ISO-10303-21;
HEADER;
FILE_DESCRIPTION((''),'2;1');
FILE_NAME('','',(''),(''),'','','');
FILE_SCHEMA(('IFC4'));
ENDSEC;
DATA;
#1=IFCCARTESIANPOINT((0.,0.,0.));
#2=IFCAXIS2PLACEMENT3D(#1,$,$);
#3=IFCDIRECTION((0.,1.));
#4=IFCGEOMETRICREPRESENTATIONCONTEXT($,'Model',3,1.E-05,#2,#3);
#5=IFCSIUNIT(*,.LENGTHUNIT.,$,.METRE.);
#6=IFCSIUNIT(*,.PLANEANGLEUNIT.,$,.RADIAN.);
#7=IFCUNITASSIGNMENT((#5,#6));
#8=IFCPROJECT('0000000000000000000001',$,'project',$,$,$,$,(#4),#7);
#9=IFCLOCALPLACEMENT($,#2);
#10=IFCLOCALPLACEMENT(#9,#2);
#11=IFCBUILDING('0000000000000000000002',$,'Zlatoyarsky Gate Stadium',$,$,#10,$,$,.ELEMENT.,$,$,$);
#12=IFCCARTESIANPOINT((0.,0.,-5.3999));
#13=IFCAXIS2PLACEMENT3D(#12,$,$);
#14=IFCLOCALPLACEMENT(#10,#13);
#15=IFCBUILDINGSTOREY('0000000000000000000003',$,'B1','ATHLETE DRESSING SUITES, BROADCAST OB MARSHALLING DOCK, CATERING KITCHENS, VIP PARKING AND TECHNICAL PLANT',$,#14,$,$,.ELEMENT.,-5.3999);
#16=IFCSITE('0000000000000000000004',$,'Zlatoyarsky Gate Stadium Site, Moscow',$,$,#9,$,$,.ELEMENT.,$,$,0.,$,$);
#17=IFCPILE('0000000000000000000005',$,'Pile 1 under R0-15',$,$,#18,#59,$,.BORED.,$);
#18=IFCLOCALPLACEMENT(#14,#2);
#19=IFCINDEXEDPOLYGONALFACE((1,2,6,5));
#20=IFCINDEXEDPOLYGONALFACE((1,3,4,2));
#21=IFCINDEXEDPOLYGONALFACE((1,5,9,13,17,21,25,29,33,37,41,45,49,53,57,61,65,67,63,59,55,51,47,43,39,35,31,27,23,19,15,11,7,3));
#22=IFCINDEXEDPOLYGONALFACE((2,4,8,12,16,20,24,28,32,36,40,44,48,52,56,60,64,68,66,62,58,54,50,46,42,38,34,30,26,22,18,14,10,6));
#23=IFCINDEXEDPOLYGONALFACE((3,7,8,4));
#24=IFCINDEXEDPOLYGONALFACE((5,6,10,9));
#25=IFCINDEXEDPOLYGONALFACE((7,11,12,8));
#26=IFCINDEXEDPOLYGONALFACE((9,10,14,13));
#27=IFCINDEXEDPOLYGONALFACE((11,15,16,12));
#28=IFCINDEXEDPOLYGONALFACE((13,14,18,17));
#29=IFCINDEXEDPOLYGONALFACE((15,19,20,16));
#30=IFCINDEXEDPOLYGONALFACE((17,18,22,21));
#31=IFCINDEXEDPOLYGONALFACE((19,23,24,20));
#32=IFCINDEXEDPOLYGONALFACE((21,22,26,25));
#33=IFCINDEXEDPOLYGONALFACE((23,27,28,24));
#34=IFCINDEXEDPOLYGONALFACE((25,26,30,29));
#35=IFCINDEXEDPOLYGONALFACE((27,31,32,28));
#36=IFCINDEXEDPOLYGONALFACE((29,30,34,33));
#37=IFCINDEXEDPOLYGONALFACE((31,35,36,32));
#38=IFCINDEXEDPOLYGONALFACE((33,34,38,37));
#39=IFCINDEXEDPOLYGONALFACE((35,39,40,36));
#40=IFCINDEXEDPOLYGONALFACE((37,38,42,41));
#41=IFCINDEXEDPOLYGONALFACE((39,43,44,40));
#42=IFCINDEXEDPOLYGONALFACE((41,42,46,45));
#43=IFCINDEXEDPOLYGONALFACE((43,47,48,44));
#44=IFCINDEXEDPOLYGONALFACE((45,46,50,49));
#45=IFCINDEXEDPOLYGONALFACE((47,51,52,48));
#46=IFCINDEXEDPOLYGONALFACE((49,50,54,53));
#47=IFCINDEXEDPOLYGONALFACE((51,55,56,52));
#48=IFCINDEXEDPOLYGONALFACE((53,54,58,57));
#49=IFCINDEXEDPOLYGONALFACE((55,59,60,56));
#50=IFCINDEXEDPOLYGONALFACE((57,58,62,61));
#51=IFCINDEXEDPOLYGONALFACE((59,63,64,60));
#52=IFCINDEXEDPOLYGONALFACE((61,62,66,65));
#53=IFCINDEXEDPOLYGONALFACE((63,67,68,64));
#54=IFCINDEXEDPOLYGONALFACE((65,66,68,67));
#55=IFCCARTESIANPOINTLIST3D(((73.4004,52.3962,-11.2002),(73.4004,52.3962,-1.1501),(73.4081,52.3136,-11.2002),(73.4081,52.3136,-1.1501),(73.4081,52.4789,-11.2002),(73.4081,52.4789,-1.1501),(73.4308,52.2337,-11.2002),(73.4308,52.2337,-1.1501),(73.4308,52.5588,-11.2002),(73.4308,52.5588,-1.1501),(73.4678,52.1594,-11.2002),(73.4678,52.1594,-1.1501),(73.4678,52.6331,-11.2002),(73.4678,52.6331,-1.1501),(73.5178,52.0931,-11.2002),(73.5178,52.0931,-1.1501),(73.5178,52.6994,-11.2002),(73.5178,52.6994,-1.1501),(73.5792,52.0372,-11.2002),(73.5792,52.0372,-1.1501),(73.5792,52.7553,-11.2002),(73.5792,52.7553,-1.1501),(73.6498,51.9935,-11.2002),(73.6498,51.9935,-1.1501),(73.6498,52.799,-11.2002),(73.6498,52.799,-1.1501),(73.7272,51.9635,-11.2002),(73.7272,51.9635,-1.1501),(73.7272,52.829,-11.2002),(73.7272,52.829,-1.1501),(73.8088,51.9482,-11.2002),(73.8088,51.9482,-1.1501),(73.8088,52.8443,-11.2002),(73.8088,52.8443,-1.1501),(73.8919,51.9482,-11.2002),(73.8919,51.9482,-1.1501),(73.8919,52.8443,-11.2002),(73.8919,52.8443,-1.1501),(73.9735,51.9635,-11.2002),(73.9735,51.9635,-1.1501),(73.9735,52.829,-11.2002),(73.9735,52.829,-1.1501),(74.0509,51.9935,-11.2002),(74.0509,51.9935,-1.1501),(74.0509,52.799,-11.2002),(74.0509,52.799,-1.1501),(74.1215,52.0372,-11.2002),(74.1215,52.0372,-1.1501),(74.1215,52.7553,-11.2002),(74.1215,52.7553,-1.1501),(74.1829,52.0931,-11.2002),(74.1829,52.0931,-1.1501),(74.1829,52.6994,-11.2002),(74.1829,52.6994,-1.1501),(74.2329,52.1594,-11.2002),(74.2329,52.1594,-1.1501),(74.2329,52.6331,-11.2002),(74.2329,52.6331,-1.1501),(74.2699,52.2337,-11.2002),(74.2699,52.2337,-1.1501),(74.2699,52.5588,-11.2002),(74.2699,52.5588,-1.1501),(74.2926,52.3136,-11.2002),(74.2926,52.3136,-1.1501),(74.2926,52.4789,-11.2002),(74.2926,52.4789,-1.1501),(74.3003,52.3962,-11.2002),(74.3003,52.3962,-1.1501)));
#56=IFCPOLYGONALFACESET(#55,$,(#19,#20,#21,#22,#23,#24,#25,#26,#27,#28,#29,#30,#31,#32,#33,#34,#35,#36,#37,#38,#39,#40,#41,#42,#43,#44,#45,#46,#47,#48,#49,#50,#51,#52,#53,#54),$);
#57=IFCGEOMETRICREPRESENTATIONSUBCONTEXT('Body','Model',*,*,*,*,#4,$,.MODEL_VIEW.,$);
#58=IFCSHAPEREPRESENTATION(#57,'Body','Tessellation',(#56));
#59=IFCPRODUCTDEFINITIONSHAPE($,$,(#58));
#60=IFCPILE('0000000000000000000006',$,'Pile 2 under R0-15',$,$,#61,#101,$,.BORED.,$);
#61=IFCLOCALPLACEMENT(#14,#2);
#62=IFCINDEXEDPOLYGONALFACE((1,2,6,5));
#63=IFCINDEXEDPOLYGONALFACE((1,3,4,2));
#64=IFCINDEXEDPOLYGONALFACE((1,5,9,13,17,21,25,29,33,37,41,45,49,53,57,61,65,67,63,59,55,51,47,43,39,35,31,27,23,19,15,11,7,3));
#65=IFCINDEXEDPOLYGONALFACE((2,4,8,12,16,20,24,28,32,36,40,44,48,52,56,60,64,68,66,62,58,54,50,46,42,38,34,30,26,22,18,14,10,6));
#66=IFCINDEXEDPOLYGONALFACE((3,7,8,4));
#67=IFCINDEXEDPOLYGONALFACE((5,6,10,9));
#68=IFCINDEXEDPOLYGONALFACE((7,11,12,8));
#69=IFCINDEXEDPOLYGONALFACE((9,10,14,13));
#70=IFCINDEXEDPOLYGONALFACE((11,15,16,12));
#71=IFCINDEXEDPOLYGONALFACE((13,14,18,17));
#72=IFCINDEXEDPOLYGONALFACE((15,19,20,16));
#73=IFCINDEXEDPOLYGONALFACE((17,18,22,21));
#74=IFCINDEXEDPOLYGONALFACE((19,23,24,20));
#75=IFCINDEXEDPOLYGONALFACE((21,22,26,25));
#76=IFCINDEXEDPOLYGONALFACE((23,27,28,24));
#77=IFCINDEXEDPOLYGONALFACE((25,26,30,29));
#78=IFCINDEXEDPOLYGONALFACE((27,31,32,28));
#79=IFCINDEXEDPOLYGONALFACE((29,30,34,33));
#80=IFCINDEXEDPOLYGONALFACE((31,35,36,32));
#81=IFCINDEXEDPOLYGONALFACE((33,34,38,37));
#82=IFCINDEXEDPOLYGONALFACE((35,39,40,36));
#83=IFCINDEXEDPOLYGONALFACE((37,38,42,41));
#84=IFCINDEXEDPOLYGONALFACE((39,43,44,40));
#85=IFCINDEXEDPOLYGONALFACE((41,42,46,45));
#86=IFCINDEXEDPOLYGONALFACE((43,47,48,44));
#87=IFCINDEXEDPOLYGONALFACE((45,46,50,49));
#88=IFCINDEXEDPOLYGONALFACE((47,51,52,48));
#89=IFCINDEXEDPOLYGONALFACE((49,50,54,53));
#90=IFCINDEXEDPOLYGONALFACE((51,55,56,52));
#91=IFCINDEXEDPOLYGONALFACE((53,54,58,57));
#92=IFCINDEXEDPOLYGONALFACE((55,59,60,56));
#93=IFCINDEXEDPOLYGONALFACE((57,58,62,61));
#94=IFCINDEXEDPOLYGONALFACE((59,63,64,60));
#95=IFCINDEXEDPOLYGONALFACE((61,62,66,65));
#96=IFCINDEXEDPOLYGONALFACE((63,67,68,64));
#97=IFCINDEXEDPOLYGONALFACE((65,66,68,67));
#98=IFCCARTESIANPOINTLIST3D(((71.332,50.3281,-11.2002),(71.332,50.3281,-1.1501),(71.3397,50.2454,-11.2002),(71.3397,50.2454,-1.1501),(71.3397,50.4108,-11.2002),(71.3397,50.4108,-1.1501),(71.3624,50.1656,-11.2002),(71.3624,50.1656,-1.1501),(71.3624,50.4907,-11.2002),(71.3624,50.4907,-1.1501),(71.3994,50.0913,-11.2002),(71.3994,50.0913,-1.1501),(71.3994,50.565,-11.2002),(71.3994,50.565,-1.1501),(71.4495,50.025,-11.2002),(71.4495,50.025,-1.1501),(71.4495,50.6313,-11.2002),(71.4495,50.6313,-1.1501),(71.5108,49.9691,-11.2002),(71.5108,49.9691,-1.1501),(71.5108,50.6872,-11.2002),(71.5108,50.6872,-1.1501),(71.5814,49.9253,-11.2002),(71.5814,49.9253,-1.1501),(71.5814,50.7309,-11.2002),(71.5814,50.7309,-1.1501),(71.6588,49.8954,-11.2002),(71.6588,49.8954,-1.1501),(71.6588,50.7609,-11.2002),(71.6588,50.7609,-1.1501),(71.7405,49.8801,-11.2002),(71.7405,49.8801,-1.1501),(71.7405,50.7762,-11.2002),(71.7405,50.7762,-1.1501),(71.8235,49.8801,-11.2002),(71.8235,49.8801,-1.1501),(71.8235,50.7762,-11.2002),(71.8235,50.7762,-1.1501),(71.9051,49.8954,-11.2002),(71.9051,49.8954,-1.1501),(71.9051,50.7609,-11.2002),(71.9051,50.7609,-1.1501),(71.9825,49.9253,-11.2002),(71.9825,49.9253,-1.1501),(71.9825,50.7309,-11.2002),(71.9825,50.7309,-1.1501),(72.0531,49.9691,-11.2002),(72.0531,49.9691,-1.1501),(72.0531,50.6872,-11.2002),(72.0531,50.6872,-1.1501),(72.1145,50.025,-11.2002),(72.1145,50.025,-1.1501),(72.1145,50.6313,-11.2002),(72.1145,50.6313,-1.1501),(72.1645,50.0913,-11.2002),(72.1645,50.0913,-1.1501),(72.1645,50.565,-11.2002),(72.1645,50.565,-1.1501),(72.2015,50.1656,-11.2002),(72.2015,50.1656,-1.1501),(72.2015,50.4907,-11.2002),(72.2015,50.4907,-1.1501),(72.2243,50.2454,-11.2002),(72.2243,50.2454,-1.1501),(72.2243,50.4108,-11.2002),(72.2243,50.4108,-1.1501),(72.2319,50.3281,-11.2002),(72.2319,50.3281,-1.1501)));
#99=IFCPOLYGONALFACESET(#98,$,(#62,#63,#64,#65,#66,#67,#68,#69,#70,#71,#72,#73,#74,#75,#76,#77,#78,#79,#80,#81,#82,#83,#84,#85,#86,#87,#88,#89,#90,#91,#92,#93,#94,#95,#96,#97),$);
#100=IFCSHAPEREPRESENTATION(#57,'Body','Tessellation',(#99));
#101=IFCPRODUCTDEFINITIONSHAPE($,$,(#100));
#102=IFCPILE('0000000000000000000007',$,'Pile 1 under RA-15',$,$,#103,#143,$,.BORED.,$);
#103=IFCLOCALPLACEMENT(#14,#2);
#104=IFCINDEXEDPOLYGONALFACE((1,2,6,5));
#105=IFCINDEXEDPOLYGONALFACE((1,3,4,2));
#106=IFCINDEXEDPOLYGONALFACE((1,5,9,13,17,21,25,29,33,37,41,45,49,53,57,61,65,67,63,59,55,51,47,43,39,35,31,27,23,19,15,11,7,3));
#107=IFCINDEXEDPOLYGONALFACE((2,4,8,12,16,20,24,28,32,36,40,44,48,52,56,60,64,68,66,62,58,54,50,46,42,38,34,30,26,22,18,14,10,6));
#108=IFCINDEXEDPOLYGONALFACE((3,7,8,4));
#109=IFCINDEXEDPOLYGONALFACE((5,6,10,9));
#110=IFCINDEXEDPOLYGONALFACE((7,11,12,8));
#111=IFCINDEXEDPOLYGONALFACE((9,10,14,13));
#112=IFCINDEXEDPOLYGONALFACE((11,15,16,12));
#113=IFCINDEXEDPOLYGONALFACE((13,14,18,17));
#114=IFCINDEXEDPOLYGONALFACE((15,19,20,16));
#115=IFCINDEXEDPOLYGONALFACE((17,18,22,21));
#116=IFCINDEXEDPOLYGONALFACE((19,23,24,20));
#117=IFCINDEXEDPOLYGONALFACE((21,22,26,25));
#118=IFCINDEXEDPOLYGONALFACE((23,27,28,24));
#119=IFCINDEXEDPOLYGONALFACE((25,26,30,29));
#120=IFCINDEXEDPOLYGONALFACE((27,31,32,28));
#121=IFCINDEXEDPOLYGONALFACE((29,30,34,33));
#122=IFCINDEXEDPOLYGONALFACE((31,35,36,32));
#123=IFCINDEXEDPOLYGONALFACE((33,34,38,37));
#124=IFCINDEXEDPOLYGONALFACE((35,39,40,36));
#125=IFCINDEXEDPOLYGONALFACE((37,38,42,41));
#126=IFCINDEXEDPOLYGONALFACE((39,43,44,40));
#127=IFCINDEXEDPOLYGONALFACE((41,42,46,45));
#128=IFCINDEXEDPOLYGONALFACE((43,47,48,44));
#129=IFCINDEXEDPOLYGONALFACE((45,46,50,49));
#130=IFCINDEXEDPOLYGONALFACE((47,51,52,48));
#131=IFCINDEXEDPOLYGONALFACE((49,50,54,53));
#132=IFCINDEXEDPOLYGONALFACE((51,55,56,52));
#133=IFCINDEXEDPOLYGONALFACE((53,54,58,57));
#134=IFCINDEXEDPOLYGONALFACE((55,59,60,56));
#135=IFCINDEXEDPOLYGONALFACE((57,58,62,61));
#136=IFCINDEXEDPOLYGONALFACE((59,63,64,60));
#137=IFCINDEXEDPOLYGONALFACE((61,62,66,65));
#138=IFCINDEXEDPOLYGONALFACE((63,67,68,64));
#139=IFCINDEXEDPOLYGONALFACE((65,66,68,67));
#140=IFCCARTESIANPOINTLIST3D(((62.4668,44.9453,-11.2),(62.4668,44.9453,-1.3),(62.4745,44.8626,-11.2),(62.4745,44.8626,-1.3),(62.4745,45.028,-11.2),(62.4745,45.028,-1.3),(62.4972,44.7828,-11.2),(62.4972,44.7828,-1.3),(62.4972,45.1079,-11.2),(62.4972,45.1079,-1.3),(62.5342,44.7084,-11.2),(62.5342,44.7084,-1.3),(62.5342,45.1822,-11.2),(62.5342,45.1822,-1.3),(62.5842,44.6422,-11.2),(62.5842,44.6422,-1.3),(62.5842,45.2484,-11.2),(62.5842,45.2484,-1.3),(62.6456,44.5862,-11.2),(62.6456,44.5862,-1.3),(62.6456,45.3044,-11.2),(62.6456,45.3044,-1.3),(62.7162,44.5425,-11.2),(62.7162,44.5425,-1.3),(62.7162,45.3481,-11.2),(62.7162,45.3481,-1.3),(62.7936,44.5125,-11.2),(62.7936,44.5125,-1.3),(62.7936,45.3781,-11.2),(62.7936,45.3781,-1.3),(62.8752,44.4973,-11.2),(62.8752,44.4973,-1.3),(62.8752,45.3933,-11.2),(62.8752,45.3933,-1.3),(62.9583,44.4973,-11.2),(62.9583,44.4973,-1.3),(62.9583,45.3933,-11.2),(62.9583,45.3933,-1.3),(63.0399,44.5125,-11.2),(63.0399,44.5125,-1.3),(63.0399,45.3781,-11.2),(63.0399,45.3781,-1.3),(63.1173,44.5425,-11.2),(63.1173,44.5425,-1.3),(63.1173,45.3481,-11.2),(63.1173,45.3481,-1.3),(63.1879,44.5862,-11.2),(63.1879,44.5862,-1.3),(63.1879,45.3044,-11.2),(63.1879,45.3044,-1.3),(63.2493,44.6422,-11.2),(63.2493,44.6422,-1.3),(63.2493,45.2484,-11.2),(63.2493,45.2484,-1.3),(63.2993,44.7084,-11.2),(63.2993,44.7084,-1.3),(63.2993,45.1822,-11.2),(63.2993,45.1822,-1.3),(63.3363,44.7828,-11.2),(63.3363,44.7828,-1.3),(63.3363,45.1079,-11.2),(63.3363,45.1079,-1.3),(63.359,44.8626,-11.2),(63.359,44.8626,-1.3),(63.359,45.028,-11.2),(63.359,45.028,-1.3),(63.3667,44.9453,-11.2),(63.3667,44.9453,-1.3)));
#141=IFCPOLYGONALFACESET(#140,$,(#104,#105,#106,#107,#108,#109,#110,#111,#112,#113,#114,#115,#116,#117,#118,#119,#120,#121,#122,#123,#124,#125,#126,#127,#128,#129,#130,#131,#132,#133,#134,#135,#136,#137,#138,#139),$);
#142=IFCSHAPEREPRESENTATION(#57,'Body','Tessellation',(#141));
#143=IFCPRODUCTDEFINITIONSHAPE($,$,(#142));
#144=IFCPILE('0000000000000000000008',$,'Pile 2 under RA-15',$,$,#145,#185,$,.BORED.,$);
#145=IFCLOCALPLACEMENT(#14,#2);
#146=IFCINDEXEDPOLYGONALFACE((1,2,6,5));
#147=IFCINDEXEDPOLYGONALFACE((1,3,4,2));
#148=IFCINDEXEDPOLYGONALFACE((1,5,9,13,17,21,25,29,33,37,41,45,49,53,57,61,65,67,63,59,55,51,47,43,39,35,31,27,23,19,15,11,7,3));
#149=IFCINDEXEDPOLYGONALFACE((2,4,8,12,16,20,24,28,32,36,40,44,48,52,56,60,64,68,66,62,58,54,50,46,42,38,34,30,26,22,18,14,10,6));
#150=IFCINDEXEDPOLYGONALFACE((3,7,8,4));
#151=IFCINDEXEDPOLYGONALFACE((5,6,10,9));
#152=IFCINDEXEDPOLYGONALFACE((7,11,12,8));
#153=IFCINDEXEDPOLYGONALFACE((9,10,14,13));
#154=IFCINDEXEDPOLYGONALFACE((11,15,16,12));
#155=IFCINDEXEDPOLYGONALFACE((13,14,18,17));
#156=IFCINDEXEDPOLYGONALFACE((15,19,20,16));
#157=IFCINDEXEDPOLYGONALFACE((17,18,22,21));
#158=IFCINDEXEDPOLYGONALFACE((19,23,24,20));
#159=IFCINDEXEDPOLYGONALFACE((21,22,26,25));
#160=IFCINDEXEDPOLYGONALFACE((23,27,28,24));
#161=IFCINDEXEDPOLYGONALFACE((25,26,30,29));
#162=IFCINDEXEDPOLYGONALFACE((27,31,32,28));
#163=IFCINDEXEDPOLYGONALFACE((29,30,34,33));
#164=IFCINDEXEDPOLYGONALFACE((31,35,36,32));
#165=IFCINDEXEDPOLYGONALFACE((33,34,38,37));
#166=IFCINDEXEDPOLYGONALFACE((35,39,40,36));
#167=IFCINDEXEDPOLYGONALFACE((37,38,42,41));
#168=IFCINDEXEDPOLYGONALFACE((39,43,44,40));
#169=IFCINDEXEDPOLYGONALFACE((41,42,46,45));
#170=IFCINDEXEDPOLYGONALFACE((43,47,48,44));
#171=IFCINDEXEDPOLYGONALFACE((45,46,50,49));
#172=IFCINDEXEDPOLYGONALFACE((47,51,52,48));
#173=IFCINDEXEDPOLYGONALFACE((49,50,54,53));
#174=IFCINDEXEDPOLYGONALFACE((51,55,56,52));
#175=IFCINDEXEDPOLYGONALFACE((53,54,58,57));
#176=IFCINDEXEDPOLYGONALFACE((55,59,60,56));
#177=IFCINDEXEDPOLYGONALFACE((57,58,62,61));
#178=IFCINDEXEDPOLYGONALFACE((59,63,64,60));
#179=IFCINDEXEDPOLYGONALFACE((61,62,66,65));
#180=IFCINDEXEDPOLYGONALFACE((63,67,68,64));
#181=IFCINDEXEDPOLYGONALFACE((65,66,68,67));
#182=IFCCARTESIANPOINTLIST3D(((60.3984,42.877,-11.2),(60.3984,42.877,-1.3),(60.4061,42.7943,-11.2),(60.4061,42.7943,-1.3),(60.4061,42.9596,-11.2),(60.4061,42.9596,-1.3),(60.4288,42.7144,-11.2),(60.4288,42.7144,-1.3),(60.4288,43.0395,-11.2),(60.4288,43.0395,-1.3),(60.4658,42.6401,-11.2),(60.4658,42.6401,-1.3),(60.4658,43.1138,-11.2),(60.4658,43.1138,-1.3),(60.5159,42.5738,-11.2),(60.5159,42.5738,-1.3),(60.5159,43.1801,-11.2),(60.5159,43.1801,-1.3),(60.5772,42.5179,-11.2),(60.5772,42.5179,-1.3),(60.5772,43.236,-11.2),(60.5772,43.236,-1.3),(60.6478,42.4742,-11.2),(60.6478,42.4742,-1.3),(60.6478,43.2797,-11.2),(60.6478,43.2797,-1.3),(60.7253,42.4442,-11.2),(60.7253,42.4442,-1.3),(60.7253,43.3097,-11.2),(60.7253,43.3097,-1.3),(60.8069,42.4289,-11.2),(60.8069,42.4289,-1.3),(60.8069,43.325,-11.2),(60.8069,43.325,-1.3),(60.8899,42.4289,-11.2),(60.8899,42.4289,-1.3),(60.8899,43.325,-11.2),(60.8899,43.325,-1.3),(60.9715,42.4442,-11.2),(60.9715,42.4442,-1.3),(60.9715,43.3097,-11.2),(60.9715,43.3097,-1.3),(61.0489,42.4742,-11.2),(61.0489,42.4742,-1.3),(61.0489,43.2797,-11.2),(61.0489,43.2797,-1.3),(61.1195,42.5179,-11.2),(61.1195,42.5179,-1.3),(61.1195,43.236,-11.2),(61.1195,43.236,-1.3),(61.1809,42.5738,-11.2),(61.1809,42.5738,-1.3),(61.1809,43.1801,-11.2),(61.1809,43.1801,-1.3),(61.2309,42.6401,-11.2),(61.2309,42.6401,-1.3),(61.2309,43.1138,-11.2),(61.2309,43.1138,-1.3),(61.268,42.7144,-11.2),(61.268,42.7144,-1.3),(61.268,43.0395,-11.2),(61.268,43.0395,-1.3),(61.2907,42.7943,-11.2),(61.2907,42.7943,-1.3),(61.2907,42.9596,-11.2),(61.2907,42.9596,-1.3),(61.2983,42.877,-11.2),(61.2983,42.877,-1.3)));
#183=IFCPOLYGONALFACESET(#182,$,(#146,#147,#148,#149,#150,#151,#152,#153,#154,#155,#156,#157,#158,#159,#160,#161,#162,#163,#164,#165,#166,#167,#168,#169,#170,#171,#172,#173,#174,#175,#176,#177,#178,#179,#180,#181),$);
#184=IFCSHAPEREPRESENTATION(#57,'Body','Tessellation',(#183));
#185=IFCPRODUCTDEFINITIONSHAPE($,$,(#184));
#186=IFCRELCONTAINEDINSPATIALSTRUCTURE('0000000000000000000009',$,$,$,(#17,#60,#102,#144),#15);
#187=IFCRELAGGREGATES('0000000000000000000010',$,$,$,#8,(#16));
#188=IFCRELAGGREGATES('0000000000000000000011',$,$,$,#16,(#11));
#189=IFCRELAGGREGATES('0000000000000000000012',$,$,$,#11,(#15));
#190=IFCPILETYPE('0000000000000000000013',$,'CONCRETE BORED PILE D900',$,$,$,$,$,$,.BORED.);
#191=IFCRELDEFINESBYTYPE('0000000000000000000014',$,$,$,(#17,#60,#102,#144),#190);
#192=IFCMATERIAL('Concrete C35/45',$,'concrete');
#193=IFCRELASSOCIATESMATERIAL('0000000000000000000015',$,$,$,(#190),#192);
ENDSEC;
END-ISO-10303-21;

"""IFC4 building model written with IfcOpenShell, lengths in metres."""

from ifc_helpers import new_model, si_unit, direction, frame, origin, origin_2d, place, context, subcontext, project, spatial, circle, extrude, material, material_profile, profile_set, type_object, element, save


model = new_model("IFC4")

# Units and contexts
model_context = context("Model", 3, precision=1e-05, world=origin(), true_north=direction((0.0, 1.0)))
body_context = subcontext(model_context, "Body", "Model", "MODEL_VIEW")
ifc_project = project(units=[si_unit("LENGTHUNIT", "METRE"), si_unit("PLANEANGLEUNIT", "RADIAN")], contexts=[model_context])

# Site, building, storey
site_placement = place(None, origin())
site = spatial("IfcSite", under=ifc_project, at=site_placement, Name="Zlatoyarsky Gate Stadium Site, Moscow", CompositionType="ELEMENT", RefElevation=0.0)
building_placement = place(site_placement, origin())
building = spatial("IfcBuilding", under=site, at=building_placement, Name="Zlatoyarsky Gate Stadium", CompositionType="ELEMENT")
storey_placement = place(building_placement, frame((0.0, 0.0, -5.3999)))
storey = spatial("IfcBuildingStorey", under=building, at=storey_placement, Name="B1", Description="ATHLETE DRESSING SUITES, BROADCAST OB MARSHALLING DOCK, CATERING KITCHENS, VIP PARKING AND TECHNICAL PLANT", CompositionType="ELEMENT", Elevation=-5.3999)

# Piles
ifc_material_1 = material(Name="Concrete C35/45", Category="concrete")
ifc_material_profile_1 = material_profile(ifc_material_1, circle(Radius=0.45, at=origin_2d()), Name="BORED PILE D900")
ifc_profile_set_1 = profile_set([ifc_material_profile_1], Name="Concrete C35/45")
pile_type_1 = type_object("IfcPileType", Name="CONCRETE BORED PILE D900", PredefinedType="BORED", material=ifc_profile_set_1)
for number, where, z_axis, x_axis, name in (
    (1, (73.8503, 52.3962, -1.1501), (0.0, 0.0, -1.0), (1.0, 0.0, 0.0), "Pile 1 under R0-15"),
    (2, (71.782, 50.3281, -1.1501), (0.0, 0.0, -1.0), (1.0, 0.0, 0.0), "Pile 2 under R0-15"),
):
    element("IfcPile", number, at=place(storey_placement, frame(where, z_axis=z_axis, x_axis=x_axis)), inside=storey, type_object=pile_type_1, Name=name, PredefinedType="BORED", context=body_context, shape_type="SweptSolid", body=[
        extrude(circle(Radius=0.45, at=origin_2d()), origin(), (0.0, 0.0, 1.0), 10.05),
    ])
for number, where, z_axis, x_axis, name in (
    (3, (62.9167, 44.9453, -1.3), (0.0, 0.0, -1.0), (1.0, 0.0, 0.0), "Pile 1 under RA-15"),
    (4, (60.8484, 42.877, -1.3), (0.0, 0.0, -1.0), (1.0, 0.0, 0.0), "Pile 2 under RA-15"),
):
    element("IfcPile", number, at=place(storey_placement, frame(where, z_axis=z_axis, x_axis=x_axis)), inside=storey, type_object=pile_type_1, Name=name, PredefinedType="BORED", context=body_context, shape_type="SweptSolid", body=[
        extrude(circle(Radius=0.45, at=origin_2d()), origin(), (0.0, 0.0, 1.0), 9.8999),
    ])

save(model, "model.ifc")
